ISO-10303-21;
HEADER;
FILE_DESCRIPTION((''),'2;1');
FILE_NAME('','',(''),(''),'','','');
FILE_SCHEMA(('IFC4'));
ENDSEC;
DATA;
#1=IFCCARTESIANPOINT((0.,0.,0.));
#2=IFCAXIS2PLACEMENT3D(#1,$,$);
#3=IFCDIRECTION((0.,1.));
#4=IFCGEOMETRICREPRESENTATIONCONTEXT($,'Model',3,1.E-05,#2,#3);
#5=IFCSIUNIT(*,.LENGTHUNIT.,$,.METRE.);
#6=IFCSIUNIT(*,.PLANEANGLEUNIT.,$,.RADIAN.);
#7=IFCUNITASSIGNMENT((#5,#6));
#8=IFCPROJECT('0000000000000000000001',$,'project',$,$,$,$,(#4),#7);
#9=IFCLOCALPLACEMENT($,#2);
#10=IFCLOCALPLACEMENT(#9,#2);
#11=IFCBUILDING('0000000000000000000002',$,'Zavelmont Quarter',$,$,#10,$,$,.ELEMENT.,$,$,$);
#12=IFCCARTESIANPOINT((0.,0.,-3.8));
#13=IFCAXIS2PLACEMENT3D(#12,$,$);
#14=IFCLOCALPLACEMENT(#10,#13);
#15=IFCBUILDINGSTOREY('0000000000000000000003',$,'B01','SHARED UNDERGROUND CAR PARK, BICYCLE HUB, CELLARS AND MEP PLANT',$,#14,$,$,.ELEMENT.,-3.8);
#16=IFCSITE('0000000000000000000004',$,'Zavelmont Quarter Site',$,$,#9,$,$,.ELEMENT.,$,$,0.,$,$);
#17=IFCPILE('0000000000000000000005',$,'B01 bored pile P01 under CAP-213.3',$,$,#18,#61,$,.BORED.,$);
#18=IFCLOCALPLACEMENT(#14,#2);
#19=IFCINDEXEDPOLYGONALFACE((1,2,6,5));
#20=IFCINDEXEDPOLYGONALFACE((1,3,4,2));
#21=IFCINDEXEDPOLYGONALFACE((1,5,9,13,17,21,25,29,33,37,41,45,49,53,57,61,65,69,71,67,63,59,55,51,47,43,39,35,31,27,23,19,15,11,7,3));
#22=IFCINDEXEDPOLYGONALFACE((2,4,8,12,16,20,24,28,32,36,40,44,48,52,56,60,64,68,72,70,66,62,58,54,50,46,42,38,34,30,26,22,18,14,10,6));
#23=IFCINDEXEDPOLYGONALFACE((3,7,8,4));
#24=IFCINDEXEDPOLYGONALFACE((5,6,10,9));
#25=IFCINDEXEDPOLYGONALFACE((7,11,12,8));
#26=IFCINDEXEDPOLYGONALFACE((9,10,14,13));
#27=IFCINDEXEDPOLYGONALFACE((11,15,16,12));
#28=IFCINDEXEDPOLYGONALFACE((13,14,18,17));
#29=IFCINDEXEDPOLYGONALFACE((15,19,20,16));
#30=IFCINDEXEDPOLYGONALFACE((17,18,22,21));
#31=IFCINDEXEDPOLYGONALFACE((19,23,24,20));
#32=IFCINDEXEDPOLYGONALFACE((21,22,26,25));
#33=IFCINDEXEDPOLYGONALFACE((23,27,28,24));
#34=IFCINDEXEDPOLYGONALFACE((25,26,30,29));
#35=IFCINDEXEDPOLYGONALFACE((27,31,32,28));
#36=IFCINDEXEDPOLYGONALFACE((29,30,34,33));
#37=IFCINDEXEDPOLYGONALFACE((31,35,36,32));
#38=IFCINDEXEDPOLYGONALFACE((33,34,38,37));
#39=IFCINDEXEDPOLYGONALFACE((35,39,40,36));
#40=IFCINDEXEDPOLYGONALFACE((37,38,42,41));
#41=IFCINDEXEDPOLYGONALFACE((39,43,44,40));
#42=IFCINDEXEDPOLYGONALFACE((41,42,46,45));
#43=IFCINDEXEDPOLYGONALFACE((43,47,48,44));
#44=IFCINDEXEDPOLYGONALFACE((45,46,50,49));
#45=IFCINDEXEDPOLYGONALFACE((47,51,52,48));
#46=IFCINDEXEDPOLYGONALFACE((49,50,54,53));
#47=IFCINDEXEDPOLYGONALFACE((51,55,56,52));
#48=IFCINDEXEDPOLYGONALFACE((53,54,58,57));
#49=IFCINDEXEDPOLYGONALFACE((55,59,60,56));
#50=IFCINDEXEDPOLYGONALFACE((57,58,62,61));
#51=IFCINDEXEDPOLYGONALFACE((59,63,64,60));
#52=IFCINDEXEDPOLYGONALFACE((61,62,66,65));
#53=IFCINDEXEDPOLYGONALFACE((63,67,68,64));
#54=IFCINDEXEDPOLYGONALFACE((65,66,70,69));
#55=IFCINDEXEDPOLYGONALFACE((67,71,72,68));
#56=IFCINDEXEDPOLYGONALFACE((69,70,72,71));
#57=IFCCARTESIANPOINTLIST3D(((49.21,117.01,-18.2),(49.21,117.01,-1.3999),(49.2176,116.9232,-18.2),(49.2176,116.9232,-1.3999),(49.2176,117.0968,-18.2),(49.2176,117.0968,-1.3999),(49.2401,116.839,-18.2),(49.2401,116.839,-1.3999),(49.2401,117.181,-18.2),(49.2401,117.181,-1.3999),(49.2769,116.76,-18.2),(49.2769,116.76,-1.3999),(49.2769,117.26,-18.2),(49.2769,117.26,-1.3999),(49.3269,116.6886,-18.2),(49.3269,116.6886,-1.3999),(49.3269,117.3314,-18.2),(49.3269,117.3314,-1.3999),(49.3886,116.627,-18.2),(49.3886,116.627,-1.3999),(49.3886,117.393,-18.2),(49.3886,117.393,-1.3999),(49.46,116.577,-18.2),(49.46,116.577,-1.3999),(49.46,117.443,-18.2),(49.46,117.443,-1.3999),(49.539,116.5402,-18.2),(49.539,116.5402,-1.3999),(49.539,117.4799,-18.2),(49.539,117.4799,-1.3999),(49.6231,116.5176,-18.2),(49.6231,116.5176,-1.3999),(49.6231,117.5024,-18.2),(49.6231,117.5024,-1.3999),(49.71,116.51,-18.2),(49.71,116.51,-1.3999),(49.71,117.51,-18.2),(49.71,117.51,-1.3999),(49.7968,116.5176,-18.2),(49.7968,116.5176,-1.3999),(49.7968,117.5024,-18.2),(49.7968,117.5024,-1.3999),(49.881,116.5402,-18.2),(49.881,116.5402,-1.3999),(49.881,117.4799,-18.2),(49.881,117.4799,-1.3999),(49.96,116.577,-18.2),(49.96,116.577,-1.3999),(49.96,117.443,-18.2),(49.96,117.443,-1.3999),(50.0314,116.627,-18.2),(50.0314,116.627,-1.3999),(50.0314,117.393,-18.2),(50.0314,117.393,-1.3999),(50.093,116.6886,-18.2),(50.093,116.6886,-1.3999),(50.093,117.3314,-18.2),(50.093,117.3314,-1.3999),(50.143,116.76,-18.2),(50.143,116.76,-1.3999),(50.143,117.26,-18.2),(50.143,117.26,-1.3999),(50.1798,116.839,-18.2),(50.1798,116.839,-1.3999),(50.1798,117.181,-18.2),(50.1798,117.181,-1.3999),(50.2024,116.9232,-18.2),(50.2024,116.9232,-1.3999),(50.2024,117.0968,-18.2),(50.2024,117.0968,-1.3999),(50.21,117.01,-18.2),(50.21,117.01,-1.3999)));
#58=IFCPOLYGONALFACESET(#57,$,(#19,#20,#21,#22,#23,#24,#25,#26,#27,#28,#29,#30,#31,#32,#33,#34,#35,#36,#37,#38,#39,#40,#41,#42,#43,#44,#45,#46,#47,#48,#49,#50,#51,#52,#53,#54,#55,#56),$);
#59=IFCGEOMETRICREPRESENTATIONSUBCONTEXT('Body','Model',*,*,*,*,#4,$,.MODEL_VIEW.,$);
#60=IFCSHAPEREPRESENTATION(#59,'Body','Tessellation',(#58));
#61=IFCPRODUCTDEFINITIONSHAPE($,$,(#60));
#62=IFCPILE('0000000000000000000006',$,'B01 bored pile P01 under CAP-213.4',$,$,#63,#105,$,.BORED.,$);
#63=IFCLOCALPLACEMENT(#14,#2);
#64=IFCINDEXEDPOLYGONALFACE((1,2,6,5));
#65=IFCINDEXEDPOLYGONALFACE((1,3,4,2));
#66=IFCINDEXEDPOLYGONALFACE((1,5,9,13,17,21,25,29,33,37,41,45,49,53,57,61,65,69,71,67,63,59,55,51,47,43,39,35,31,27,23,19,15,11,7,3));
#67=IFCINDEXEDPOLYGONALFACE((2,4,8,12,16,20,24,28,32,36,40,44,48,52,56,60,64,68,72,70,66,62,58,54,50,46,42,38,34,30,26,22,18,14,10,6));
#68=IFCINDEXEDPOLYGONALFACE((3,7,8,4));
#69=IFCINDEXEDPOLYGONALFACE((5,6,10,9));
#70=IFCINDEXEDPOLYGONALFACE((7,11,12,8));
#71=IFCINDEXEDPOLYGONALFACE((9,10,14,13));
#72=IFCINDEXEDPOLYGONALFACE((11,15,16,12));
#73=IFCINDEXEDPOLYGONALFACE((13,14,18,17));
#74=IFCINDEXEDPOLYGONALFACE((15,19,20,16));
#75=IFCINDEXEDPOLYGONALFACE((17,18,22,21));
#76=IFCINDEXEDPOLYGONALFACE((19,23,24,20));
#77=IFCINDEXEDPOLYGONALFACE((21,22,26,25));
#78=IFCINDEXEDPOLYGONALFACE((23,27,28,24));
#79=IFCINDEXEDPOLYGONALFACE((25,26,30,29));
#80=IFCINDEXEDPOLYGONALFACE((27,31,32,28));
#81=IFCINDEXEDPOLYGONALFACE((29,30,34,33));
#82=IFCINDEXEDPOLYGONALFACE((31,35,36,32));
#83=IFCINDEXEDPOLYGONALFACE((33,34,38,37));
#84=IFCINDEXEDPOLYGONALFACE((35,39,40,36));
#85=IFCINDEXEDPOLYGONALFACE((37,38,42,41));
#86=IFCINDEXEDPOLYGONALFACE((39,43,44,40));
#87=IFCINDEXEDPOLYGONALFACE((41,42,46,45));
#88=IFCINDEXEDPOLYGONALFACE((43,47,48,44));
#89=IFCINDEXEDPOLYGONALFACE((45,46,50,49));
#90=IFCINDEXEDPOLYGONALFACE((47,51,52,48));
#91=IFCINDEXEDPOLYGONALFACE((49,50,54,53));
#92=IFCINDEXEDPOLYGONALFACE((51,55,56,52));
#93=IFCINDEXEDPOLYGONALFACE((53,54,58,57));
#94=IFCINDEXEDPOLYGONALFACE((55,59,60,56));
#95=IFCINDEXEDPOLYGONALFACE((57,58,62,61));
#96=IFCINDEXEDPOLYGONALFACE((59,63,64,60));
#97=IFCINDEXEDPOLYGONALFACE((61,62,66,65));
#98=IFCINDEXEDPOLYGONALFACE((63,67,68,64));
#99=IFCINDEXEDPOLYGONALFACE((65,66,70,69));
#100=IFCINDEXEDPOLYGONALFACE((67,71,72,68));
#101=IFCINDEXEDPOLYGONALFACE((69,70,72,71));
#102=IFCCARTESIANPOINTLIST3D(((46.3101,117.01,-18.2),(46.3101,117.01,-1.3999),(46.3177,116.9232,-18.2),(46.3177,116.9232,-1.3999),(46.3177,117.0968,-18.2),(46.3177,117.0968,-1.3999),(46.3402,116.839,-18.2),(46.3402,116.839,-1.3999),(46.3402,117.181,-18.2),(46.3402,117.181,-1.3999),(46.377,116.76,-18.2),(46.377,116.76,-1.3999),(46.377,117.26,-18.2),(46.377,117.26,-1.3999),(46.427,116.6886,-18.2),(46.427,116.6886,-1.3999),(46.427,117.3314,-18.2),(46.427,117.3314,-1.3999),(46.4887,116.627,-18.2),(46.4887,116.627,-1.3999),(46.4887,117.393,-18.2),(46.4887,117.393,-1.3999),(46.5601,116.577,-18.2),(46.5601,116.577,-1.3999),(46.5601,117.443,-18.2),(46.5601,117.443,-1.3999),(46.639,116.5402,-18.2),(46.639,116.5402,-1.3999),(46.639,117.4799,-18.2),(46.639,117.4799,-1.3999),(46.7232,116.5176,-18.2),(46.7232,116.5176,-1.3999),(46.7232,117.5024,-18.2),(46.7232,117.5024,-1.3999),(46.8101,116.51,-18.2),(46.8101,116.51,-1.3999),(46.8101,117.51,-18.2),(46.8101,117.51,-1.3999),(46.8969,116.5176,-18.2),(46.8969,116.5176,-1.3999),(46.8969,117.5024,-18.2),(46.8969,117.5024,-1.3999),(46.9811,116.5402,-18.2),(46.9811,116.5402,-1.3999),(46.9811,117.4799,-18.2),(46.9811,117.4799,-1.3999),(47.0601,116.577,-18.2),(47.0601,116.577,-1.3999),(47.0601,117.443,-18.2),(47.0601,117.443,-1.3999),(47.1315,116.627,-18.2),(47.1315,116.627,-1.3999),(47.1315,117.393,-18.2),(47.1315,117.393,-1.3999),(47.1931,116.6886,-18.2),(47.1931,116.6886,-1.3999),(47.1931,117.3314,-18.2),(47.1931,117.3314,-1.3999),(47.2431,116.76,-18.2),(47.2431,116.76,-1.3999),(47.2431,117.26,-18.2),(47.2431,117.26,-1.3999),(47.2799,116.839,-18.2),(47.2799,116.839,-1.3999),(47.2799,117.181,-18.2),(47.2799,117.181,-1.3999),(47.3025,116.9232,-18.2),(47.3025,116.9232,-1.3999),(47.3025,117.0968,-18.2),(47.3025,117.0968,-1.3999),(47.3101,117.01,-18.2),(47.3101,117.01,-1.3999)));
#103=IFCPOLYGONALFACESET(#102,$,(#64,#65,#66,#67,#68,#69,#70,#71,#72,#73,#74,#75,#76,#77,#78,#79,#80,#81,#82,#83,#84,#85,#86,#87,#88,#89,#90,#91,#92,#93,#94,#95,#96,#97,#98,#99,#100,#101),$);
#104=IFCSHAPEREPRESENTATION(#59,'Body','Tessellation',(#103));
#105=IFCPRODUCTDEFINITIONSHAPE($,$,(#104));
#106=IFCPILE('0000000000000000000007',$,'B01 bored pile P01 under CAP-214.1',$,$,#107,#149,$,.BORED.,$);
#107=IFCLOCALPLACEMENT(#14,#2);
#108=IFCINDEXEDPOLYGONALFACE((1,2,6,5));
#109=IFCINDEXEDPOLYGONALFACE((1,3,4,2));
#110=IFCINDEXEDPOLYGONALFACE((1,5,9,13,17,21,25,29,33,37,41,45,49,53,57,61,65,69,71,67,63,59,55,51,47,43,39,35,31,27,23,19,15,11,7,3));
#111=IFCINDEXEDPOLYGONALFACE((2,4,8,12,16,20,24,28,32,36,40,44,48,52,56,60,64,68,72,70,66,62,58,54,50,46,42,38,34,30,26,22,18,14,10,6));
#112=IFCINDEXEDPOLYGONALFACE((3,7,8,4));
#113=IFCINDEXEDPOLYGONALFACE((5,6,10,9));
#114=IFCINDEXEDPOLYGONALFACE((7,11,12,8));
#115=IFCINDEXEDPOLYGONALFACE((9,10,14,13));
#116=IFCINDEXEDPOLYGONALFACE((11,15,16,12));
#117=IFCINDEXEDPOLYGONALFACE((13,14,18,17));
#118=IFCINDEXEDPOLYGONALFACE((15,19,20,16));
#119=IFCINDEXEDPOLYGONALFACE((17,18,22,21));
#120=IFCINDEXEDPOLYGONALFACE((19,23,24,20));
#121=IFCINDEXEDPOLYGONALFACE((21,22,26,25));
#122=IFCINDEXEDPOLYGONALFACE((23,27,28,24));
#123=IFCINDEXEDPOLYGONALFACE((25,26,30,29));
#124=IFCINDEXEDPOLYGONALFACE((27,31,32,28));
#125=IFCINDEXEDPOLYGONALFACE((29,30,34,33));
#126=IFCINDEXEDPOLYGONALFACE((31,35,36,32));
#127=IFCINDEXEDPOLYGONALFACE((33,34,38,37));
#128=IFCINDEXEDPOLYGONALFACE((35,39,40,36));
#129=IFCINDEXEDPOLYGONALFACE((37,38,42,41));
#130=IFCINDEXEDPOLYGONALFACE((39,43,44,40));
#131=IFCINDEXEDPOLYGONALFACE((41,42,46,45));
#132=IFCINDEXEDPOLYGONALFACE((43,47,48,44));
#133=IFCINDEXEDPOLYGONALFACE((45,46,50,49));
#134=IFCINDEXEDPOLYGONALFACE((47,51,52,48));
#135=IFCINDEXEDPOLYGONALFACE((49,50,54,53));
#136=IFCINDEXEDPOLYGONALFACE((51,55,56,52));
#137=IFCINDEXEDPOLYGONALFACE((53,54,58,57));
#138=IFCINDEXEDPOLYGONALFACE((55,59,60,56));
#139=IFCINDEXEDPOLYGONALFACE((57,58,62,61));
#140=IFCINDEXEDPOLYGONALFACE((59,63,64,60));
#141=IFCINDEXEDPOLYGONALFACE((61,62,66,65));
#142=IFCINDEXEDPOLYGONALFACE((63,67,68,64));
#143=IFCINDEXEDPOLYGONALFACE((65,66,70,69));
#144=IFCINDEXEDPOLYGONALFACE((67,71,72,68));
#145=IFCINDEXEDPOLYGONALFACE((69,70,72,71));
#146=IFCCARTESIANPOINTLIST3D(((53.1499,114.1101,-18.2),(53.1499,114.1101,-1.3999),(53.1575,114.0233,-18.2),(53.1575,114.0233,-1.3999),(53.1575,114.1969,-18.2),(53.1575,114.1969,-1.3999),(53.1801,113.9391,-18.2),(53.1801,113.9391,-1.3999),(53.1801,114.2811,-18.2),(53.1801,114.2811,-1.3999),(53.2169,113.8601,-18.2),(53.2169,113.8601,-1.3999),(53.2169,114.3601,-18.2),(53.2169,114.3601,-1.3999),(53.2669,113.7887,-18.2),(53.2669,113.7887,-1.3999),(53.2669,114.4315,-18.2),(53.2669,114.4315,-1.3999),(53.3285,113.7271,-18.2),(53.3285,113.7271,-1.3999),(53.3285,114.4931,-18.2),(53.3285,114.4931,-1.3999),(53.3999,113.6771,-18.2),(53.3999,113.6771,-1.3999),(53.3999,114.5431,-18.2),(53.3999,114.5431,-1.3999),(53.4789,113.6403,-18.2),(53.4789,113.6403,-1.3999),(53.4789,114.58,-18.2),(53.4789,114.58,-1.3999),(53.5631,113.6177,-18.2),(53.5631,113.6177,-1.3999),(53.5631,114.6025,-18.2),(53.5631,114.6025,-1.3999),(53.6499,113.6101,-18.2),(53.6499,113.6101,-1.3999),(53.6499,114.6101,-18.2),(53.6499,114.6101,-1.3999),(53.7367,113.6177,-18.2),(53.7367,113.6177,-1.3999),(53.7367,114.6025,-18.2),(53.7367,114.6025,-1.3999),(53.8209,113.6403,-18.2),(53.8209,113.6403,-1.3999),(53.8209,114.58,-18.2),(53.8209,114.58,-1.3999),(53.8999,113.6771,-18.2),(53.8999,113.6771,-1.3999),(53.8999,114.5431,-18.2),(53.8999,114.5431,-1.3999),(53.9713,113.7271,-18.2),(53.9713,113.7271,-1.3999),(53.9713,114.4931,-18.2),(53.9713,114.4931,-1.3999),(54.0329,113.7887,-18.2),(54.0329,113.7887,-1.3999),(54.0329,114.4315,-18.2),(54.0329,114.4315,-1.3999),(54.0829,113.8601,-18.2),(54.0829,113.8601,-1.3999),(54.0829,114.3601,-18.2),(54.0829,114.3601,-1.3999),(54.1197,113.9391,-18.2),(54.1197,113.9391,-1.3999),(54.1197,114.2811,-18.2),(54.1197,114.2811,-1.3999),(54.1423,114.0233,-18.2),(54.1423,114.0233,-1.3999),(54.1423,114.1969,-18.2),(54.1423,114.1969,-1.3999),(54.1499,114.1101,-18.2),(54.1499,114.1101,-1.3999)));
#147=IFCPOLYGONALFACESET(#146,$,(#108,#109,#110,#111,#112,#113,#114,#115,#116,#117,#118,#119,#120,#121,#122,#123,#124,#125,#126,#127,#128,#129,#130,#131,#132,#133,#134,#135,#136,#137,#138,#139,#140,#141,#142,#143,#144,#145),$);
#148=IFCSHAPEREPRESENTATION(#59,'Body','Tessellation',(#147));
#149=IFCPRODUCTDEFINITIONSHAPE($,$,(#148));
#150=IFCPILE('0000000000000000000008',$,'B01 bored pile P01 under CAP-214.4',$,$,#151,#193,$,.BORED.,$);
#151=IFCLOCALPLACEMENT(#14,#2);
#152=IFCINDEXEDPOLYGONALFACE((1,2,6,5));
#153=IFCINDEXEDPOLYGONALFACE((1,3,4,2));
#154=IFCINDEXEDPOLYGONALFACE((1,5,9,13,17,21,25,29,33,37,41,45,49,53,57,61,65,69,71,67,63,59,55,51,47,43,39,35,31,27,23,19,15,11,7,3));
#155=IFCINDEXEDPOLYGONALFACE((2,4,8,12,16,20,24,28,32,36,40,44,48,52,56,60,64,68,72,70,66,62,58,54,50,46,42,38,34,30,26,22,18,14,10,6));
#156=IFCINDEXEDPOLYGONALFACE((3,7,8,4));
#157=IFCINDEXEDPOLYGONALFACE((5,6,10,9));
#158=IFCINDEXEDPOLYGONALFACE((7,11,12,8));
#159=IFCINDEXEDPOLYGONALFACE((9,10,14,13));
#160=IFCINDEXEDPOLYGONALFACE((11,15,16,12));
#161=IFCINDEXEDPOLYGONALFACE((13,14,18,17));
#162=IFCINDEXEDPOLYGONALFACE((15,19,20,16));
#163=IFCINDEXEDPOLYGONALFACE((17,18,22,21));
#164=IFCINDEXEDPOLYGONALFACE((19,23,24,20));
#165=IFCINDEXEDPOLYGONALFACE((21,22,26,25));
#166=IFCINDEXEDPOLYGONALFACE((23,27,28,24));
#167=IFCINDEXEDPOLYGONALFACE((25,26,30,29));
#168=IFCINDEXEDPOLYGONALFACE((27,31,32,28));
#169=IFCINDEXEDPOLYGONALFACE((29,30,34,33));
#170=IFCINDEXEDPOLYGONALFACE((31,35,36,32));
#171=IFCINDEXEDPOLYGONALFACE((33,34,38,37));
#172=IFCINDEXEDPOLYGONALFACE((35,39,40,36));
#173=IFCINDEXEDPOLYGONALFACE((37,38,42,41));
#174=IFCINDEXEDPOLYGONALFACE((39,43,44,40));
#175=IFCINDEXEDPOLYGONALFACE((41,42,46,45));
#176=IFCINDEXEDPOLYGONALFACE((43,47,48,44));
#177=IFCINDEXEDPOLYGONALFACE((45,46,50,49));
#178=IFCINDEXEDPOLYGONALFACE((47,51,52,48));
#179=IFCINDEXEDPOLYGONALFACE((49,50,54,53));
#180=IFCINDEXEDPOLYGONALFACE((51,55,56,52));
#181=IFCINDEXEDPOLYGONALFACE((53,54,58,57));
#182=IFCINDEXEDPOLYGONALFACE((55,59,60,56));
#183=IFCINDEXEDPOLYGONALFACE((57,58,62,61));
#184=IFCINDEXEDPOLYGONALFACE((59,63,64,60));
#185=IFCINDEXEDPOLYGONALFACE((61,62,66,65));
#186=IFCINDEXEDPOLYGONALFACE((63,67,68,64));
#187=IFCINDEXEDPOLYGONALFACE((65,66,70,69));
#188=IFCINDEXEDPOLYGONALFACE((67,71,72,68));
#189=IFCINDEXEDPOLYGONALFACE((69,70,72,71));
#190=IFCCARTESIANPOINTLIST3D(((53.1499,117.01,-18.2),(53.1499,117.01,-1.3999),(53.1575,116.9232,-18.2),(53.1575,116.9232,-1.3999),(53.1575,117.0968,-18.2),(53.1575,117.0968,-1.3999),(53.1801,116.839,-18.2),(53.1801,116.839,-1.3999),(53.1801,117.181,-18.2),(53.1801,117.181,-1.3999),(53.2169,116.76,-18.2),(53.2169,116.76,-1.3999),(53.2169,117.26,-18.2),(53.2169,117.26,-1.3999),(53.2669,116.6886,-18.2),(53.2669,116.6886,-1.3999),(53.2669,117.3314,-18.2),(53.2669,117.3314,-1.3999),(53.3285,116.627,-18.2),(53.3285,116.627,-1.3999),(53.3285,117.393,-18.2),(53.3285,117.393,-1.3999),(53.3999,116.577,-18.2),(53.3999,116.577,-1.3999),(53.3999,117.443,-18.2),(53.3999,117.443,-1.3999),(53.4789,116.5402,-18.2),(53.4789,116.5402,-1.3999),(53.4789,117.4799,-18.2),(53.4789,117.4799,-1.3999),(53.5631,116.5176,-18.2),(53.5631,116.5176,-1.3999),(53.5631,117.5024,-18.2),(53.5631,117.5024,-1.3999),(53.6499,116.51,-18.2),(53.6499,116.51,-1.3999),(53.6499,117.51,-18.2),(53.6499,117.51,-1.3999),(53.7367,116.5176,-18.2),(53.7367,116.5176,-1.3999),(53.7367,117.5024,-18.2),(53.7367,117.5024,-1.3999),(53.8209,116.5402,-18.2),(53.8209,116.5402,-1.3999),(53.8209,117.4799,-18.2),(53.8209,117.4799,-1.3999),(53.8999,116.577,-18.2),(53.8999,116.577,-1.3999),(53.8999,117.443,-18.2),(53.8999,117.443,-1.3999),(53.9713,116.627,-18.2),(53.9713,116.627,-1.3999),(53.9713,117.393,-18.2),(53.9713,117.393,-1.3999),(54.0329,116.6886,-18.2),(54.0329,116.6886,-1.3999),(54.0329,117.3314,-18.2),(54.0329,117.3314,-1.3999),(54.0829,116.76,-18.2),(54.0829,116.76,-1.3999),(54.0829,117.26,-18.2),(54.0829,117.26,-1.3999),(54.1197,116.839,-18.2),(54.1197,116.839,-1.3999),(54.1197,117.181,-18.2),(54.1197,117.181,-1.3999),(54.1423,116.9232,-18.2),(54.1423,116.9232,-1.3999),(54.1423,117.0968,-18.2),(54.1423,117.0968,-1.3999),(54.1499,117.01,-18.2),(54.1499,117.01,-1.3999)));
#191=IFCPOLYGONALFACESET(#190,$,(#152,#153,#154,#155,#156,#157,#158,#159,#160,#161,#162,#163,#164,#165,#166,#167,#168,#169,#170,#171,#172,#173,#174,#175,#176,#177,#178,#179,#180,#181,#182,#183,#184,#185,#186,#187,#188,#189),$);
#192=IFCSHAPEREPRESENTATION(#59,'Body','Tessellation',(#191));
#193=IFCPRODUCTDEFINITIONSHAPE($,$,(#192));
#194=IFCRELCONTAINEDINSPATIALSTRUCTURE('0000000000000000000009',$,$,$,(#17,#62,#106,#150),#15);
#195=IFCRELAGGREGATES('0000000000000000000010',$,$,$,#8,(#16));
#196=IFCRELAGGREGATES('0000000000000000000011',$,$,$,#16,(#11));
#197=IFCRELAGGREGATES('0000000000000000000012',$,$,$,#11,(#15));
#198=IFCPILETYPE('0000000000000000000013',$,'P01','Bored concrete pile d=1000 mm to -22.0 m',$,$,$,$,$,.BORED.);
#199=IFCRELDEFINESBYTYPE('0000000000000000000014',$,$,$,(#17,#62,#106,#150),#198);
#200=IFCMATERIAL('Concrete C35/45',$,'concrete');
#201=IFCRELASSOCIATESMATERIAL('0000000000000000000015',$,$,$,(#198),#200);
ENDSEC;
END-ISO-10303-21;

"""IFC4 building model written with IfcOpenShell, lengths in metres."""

from ifc_helpers import new_model, si_unit, direction, frame, origin, origin_2d, place, context, subcontext, project, spatial, circle, extrude, material, material_profile, profile_set, type_object, element, save


model = new_model("IFC4")

# Units and contexts
model_context = context("Model", 3, precision=1e-05, world=origin(), true_north=direction((0.0, 1.0)))
body_context = subcontext(model_context, "Body", "Model", "MODEL_VIEW")
ifc_project = project(units=[si_unit("LENGTHUNIT", "METRE"), si_unit("PLANEANGLEUNIT", "RADIAN")], contexts=[model_context])

# Site, building, storey
site_placement = place(None, origin())
site = spatial("IfcSite", under=ifc_project, at=site_placement, Name="Zavelmont Quarter Site", CompositionType="ELEMENT", RefElevation=0.0)
building_placement = place(site_placement, origin())
building = spatial("IfcBuilding", under=site, at=building_placement, Name="Zavelmont Quarter", CompositionType="ELEMENT")
storey_placement = place(building_placement, frame((0.0, 0.0, -3.8)))
storey = spatial("IfcBuildingStorey", under=building, at=storey_placement, Name="B01", Description="SHARED UNDERGROUND CAR PARK, BICYCLE HUB, CELLARS AND MEP PLANT", CompositionType="ELEMENT", Elevation=-3.8)

# Shared definitions
ifc_material_1 = material(Name="Concrete C35/45", Category="concrete")

# Piles
ifc_material_profile_1 = material_profile(ifc_material_1, circle(Radius=0.5, at=origin_2d()), Name="BP1000")
ifc_profile_set_1 = profile_set([ifc_material_profile_1], Name="Concrete C35/45")
pile_type_1 = type_object("IfcPileType", Name="P01", Description="Bored concrete pile d=1000 mm to -22.0 m", PredefinedType="BORED", material=ifc_profile_set_1)
for number, where, z_axis, x_axis, name in (
    (1, (49.71, 117.01, -1.3999), (0.0, 0.0, -1.0), (1.0, 0.0, 0.0), "B01 bored pile P01 under CAP-213.3"),
    (2, (46.8101, 117.01, -1.3999), (0.0, 0.0, -1.0), (1.0, 0.0, 0.0), "B01 bored pile P01 under CAP-213.4"),
    (3, (53.6499, 114.1101, -1.3999), (0.0, 0.0, -1.0), (1.0, 0.0, 0.0), "B01 bored pile P01 under CAP-214.1"),
    (4, (53.6499, 117.01, -1.3999), (0.0, 0.0, -1.0), (1.0, 0.0, 0.0), "B01 bored pile P01 under CAP-214.4"),
):
    element("IfcPile", number, at=place(storey_placement, frame(where, z_axis=z_axis, x_axis=x_axis)), inside=storey, type_object=pile_type_1, Name=name, PredefinedType="BORED", context=body_context, shape_type="SweptSolid", body=[
        extrude(circle(Radius=0.5, at=origin_2d()), origin(), (0.0, 0.0, 1.0), 16.8),
    ])

save(model, "model.ifc")
